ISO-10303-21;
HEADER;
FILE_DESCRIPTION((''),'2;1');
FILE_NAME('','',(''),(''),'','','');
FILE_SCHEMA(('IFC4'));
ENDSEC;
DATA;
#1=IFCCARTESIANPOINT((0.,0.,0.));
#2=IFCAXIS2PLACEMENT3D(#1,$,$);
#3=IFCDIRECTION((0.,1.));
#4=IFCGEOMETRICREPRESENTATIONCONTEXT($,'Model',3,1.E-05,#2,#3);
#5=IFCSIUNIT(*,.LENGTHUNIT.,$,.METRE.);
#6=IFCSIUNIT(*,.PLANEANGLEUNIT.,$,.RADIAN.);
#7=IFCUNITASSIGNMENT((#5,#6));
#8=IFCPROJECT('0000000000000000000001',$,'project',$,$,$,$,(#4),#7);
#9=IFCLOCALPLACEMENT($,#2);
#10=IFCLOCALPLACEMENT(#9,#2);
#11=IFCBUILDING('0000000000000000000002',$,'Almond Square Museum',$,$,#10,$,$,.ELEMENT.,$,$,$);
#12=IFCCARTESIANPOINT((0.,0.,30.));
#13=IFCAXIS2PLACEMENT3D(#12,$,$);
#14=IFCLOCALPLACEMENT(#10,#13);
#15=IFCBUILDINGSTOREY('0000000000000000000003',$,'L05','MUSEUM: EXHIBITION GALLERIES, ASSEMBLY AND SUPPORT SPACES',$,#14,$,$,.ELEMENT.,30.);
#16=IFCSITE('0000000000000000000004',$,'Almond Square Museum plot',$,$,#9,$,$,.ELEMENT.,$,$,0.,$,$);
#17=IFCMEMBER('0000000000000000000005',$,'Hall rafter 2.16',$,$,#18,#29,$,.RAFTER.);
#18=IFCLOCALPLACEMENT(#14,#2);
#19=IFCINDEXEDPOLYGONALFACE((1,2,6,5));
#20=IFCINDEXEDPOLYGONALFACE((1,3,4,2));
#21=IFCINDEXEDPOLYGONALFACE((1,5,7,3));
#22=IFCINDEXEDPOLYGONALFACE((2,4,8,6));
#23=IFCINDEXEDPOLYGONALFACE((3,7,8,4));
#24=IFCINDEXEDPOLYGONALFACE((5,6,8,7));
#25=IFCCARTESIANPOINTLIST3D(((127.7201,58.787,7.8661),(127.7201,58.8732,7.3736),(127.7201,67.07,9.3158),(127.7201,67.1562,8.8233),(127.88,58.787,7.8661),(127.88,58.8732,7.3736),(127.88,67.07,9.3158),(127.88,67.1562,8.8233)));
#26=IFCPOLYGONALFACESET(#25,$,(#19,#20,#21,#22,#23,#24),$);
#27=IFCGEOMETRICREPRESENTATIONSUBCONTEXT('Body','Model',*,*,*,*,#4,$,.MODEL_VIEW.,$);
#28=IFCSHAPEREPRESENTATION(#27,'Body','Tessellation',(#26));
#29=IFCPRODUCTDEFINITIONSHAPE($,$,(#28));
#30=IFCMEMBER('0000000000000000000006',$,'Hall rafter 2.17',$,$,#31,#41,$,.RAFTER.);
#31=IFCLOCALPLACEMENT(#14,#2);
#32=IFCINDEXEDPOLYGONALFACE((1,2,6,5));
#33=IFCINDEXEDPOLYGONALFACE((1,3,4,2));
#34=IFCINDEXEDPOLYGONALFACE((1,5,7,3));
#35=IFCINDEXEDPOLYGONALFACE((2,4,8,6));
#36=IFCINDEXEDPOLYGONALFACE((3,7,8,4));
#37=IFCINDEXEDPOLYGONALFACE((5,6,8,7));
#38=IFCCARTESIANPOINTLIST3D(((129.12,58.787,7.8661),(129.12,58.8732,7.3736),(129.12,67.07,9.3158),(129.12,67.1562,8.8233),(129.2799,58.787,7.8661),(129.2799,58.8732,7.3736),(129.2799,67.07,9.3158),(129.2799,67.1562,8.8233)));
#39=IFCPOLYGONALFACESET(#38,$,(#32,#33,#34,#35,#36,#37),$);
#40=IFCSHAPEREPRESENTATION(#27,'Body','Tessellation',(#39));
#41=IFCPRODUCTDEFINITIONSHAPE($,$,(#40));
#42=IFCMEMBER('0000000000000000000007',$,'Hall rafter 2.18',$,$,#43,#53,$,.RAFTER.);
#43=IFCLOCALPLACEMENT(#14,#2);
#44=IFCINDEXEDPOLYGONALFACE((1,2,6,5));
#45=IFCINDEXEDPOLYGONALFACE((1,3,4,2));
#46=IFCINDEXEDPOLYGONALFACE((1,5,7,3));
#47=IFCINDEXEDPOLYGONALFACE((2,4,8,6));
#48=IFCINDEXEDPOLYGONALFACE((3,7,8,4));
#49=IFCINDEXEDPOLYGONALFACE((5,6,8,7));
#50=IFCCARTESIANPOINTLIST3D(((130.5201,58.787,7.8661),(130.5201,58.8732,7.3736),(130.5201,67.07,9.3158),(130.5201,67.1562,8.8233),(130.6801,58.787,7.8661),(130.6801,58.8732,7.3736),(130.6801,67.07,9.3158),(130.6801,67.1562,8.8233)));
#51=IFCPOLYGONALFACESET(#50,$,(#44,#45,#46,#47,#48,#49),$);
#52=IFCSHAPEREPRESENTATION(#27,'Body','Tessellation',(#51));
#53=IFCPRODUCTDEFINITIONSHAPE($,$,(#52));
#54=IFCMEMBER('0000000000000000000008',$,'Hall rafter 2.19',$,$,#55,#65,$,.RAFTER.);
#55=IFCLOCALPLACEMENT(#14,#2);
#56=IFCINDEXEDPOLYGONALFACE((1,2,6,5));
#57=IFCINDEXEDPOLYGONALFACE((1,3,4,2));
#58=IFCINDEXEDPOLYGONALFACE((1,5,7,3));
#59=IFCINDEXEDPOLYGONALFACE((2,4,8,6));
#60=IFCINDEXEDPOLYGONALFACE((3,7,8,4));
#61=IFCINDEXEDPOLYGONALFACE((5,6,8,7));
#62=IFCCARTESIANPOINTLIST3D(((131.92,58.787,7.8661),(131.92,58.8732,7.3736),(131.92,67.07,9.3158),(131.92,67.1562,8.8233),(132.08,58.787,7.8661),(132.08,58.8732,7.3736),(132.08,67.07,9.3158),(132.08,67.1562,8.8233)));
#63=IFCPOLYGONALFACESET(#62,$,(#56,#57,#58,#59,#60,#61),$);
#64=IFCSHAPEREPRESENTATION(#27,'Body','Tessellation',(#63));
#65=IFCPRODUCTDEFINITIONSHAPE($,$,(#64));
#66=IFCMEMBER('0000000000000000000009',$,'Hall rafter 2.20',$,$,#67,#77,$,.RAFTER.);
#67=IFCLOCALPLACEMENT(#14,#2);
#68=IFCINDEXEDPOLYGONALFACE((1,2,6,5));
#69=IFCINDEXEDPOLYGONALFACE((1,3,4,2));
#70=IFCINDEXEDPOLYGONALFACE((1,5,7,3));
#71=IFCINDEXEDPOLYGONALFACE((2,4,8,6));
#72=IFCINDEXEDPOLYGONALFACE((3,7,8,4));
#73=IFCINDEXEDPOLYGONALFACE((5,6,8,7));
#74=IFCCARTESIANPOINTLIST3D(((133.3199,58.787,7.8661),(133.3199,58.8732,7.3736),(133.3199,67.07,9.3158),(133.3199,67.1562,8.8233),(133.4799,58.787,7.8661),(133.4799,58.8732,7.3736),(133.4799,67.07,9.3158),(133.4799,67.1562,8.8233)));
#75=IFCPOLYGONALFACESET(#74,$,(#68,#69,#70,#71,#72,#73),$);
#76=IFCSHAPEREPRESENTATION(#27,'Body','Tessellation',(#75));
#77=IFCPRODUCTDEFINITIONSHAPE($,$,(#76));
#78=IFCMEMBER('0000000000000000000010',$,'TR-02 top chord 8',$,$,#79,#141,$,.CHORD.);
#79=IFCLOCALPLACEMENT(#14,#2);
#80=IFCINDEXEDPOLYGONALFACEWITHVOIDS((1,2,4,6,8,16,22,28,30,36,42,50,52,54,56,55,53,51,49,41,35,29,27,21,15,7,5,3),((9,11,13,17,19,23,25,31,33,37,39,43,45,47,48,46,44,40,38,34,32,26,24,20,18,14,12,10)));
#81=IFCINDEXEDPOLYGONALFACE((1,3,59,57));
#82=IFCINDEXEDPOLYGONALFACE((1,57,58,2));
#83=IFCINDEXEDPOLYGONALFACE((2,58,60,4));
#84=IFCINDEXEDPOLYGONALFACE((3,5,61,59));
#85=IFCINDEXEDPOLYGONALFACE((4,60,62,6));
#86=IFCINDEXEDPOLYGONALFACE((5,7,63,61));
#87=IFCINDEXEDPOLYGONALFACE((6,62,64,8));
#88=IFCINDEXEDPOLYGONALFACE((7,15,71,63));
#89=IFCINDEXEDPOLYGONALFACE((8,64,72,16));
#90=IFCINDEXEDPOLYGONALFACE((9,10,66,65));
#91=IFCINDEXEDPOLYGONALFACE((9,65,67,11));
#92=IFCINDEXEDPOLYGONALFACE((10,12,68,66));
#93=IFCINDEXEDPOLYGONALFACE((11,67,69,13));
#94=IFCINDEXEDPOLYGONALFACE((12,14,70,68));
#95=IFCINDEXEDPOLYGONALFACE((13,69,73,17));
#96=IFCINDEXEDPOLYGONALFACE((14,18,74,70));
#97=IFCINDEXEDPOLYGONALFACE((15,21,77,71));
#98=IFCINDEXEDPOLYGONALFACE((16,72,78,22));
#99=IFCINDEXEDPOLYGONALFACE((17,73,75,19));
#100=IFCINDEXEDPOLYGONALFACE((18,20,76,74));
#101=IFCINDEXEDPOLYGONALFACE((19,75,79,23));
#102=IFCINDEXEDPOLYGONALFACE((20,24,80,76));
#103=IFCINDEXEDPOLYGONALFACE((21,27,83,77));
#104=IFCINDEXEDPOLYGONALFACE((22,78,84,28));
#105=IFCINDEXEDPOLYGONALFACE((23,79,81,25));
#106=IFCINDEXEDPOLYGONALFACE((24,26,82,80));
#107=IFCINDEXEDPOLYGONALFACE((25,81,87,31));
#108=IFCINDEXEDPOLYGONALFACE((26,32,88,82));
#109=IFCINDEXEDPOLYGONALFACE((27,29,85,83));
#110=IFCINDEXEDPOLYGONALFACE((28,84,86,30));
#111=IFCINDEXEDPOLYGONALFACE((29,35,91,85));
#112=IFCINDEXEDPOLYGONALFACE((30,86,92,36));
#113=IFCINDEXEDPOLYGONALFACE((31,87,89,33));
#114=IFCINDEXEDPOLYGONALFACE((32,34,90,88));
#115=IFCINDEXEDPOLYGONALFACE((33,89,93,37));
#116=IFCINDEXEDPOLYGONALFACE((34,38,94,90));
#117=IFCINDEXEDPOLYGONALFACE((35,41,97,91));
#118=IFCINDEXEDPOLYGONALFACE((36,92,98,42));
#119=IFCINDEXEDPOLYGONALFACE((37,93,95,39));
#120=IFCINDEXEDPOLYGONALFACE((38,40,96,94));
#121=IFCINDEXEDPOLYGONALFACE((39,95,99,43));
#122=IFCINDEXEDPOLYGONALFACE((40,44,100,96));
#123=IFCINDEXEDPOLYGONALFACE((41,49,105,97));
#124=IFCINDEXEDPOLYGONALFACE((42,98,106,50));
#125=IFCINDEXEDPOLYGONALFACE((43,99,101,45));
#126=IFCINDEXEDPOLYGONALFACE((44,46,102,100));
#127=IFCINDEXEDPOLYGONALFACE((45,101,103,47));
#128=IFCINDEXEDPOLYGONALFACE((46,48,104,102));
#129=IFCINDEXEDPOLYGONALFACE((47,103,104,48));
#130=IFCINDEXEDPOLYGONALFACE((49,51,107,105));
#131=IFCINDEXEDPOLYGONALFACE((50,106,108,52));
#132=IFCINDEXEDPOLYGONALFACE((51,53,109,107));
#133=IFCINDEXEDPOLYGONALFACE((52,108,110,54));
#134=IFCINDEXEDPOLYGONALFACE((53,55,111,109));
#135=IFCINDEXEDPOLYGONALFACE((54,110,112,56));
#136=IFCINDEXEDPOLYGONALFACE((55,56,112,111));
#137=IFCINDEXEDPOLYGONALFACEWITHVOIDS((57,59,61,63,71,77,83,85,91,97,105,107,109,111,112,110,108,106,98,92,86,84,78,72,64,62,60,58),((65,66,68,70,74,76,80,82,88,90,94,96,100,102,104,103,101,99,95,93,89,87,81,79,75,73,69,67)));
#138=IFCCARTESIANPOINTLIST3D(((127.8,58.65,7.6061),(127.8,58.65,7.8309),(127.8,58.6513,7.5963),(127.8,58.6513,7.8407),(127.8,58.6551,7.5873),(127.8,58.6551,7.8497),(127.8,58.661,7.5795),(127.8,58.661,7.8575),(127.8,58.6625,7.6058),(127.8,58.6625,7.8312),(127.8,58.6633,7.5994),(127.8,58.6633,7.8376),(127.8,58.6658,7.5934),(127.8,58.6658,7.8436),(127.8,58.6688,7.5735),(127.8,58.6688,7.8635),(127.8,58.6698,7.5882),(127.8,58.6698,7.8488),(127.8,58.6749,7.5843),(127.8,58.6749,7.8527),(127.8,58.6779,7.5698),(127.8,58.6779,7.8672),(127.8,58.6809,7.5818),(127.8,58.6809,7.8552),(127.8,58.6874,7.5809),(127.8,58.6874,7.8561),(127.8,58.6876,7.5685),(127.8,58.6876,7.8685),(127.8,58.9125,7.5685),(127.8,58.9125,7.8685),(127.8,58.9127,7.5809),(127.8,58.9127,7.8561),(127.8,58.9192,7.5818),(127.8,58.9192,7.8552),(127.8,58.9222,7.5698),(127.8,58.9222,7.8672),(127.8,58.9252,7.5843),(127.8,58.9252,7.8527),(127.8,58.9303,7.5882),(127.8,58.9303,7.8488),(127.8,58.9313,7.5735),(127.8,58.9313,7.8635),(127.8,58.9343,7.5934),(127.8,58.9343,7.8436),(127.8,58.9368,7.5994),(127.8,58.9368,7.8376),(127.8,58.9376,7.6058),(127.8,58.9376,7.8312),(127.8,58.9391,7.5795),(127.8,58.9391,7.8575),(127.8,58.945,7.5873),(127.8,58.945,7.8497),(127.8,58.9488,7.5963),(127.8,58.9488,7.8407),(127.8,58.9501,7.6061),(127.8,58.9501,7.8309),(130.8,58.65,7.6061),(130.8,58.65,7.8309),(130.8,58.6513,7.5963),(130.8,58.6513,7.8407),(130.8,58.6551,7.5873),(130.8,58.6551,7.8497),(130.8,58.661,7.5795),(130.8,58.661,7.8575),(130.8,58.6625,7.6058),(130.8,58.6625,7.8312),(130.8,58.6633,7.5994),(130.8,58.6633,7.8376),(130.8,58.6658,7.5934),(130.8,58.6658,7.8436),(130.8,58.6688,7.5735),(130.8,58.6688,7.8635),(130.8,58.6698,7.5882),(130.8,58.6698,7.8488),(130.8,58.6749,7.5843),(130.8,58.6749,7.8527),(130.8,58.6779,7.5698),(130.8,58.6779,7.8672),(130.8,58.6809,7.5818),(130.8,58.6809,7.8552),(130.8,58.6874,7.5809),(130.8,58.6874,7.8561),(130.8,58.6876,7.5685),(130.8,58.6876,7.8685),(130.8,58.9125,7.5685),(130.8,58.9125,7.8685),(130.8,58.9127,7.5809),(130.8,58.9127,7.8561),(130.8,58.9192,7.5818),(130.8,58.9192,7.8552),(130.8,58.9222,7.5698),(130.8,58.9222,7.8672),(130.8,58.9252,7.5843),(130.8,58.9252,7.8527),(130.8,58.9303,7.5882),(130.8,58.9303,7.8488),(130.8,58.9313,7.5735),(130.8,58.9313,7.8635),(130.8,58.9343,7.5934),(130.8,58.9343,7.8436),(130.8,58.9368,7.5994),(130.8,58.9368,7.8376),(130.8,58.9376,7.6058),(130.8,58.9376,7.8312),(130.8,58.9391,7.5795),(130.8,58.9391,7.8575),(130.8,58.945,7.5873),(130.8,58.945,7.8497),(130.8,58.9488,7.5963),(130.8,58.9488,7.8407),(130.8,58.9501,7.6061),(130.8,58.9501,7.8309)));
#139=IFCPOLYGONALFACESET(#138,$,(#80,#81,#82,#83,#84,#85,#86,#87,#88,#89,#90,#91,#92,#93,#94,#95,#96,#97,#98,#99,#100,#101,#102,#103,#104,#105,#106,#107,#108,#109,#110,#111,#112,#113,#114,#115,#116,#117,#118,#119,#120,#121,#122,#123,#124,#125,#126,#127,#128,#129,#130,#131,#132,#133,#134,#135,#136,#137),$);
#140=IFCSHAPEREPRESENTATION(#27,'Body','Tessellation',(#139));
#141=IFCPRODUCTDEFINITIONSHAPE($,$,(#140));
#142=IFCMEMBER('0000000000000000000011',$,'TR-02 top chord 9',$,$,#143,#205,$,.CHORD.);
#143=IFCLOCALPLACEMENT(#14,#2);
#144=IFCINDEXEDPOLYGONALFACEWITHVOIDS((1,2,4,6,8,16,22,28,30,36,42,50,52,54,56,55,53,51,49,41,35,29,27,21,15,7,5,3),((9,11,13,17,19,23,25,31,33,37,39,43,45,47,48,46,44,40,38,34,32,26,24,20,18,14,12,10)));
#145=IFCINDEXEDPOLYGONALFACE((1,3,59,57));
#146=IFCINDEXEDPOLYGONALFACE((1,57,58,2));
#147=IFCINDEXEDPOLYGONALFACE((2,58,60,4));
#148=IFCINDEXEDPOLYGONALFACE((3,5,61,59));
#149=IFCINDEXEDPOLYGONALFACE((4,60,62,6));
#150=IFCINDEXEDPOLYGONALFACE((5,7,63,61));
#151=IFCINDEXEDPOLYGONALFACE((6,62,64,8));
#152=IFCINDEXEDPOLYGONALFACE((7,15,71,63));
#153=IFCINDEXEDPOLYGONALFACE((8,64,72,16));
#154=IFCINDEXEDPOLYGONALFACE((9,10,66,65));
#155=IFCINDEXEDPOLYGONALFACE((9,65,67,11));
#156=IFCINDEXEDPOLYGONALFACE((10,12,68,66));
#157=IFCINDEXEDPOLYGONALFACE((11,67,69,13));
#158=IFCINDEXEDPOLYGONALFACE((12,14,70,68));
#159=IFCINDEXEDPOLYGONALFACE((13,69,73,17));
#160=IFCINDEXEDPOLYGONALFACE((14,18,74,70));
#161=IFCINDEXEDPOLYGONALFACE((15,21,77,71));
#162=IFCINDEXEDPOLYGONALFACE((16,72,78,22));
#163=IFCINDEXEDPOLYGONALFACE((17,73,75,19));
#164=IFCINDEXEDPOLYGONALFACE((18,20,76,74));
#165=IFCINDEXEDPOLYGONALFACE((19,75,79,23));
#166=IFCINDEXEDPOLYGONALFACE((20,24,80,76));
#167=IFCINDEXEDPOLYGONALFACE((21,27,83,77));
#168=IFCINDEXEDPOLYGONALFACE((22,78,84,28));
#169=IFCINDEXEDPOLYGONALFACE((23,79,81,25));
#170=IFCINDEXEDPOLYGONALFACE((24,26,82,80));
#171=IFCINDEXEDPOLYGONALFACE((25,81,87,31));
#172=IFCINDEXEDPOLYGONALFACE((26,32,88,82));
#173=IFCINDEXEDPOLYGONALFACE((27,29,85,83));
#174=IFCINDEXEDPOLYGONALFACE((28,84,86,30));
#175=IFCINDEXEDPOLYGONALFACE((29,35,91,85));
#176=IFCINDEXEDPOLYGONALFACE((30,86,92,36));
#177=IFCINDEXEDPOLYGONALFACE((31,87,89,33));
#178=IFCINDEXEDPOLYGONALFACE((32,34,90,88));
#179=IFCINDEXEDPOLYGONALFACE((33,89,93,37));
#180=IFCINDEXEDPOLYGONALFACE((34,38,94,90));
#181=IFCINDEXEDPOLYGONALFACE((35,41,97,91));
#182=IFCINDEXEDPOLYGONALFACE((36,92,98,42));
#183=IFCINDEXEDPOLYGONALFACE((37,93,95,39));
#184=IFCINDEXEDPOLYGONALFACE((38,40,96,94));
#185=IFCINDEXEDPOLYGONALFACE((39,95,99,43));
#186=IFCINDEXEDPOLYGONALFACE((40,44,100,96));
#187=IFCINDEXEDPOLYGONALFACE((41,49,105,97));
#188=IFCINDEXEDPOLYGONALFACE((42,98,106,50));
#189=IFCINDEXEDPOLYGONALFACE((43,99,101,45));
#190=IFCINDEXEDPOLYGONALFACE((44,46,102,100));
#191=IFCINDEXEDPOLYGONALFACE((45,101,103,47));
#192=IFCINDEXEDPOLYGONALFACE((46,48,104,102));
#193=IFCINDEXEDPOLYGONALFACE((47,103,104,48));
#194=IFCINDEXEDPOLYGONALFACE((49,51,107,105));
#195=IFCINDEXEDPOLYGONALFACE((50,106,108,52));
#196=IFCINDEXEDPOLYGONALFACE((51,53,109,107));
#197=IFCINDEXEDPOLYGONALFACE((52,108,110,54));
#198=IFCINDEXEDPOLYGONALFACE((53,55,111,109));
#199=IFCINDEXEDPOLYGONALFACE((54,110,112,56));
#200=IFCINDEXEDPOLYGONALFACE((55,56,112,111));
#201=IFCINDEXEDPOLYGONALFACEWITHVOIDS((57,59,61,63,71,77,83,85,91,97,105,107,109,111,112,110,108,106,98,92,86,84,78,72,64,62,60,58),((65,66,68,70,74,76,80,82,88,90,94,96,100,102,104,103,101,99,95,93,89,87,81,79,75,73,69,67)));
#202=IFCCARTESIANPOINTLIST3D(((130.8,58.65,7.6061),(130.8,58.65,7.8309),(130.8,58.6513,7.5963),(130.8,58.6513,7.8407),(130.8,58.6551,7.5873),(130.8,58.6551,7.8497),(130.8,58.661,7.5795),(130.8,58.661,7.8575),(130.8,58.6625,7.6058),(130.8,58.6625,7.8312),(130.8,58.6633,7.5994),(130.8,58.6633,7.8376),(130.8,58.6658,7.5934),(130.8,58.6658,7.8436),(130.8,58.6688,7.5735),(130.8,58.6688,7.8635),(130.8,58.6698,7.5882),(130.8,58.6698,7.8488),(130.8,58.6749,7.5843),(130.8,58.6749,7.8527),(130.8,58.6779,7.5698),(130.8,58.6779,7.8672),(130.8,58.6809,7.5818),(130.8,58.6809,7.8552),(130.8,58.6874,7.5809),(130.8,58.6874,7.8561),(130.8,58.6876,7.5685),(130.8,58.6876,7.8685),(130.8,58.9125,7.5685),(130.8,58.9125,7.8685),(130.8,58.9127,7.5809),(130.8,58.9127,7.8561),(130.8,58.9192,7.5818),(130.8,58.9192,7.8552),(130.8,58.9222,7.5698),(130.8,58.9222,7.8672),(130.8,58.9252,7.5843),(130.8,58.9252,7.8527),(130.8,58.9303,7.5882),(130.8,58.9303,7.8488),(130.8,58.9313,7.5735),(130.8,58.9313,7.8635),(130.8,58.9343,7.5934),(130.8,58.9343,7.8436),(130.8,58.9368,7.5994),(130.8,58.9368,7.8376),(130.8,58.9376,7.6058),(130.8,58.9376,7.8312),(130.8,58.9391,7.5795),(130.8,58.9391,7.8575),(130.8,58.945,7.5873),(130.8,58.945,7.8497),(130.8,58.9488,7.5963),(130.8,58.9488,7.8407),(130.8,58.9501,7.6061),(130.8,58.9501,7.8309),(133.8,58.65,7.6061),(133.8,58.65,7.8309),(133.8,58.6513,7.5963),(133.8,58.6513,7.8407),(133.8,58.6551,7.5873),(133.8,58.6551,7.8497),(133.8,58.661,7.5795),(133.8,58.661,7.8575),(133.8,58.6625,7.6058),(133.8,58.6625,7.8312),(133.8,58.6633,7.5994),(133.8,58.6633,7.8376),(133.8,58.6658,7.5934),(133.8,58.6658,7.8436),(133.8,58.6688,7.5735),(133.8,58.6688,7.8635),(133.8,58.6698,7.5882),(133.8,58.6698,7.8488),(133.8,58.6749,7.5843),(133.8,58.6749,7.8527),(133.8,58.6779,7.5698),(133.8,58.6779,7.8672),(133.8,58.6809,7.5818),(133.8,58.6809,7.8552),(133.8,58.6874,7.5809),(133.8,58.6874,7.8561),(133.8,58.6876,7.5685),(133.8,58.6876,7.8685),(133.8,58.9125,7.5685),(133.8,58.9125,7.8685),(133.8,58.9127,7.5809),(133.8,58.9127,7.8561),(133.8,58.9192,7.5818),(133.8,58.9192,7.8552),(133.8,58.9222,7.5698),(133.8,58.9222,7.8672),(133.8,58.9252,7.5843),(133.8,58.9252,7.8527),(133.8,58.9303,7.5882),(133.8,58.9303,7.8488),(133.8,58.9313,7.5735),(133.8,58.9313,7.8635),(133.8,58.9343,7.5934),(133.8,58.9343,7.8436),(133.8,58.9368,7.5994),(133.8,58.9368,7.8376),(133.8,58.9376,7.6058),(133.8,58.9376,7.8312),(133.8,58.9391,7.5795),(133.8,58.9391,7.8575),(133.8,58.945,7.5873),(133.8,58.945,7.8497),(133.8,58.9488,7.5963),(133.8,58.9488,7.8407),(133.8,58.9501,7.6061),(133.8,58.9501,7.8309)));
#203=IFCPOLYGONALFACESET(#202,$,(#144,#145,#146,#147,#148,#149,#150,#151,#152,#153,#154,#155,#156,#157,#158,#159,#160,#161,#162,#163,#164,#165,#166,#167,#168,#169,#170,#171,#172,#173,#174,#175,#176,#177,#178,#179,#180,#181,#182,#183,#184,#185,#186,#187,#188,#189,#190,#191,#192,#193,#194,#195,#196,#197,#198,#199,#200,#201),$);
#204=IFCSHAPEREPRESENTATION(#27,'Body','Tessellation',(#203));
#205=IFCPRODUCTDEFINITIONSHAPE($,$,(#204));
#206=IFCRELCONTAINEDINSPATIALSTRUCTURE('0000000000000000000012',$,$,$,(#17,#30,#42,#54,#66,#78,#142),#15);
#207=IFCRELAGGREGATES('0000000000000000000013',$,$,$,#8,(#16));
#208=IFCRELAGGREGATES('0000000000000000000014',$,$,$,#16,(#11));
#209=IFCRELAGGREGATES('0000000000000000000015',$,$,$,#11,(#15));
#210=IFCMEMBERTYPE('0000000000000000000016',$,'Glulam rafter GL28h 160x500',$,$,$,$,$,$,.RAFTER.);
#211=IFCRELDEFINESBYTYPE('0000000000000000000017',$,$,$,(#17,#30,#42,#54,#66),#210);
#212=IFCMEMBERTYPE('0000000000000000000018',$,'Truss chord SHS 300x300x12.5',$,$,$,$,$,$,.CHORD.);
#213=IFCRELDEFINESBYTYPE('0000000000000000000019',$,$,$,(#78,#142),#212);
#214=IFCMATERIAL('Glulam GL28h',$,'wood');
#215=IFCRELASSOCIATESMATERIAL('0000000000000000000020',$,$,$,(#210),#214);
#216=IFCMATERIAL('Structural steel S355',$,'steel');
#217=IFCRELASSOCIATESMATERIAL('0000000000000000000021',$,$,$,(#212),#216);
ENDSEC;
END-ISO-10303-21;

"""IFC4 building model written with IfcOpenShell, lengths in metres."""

from ifc_helpers import new_model, si_unit, direction, frame, origin, origin_2d, place, context, subcontext, project, spatial, rectangle, hollow_rectangle, extrude, material, material_profile, profile_set, type_object, element, save


model = new_model("IFC4")

# Units and contexts
model_context = context("Model", 3, precision=1e-05, world=origin(), true_north=direction((0.0, 1.0)))
body_context = subcontext(model_context, "Body", "Model", "MODEL_VIEW")
ifc_project = project(units=[si_unit("LENGTHUNIT", "METRE"), si_unit("PLANEANGLEUNIT", "RADIAN")], contexts=[model_context])

# Site, building, storey
site_placement = place(None, origin())
site = spatial("IfcSite", under=ifc_project, at=site_placement, Name="Almond Square Museum plot", CompositionType="ELEMENT", RefElevation=0.0)
building_placement = place(site_placement, origin())
building = spatial("IfcBuilding", under=site, at=building_placement, Name="Almond Square Museum", CompositionType="ELEMENT")
storey_placement = place(building_placement, frame((0.0, 0.0, 30.0)))
storey = spatial("IfcBuildingStorey", under=building, at=storey_placement, Name="L05", Description="MUSEUM: EXHIBITION GALLERIES, ASSEMBLY AND SUPPORT SPACES", CompositionType="ELEMENT", Elevation=30.0)

# Members
ifc_material_1 = material(Name="Glulam GL28h", Category="wood")
ifc_material_profile_1 = material_profile(ifc_material_1, rectangle(XDim=0.1599, YDim=0.5, at=origin_2d()))
ifc_profile_set_1 = profile_set([ifc_material_profile_1], Name="Glulam GL28h")
member_type_1 = type_object("IfcMemberType", Name="Glulam rafter GL28h 160x500", PredefinedType="RAFTER", material=ifc_profile_set_1)
for number, where, z_axis, x_axis, name in (
    (1, (127.8, 58.8301, 7.6199), (0.0, 0.985027, 0.172402), (-1.0, 0.0, 0.0), "Hall rafter 2.16"),
    (2, (129.2, 58.8301, 7.6199), (0.0, 0.985027, 0.172402), (-1.0, 0.0, 0.0), "Hall rafter 2.17"),
    (3, (130.6001, 58.8301, 7.6199), (0.0, 0.985027, 0.172402), (-1.0, 0.0, 0.0), "Hall rafter 2.18"),
    (4, (132.0, 58.8301, 7.6199), (0.0, 0.985027, 0.172402), (-1.0, 0.0, 0.0), "Hall rafter 2.19"),
    (5, (133.3999, 58.8301, 7.6199), (0.0, 0.985027, 0.172402), (-1.0, 0.0, 0.0), "Hall rafter 2.20"),
):
    element("IfcMember", number, at=place(storey_placement, frame(where, z_axis=z_axis, x_axis=x_axis)), inside=storey, type_object=member_type_1, Name=name, PredefinedType="RAFTER", context=body_context, shape_type="SweptSolid", body=[
        extrude(rectangle(XDim=0.1599, YDim=0.5, at=origin_2d()), origin(), (0.0, 0.0, 1.0), 8.4089),
    ])
ifc_material_2 = material(Name="Structural steel S355", Category="steel")
ifc_material_profile_2 = material_profile(ifc_material_2, hollow_rectangle(XDim=0.3, YDim=0.3, WallThickness=0.0125, InnerFilletRadius=0.0249, OuterFilletRadius=0.0376, at=origin_2d()))
ifc_profile_set_2 = profile_set([ifc_material_profile_2], Name="Structural steel S355")
member_type_2 = type_object("IfcMemberType", Name="Truss chord SHS 300x300x12.5", PredefinedType="CHORD", material=ifc_profile_set_2)
for number, where, z_axis, x_axis, name in (
    (6, (127.8, 58.8, 7.7185), (1.0, 0.0, 0.0), (0.0, 1.0, 0.0), "TR-02 top chord 8"),
    (7, (130.8, 58.8, 7.7185), (1.0, 0.0, 0.0), (0.0, 1.0, 0.0), "TR-02 top chord 9"),
):
    element("IfcMember", number, at=place(storey_placement, frame(where, z_axis=z_axis, x_axis=x_axis)), inside=storey, type_object=member_type_2, Name=name, PredefinedType="CHORD", context=body_context, shape_type="SweptSolid", body=[
        extrude(hollow_rectangle(XDim=0.3, YDim=0.3, WallThickness=0.0125, InnerFilletRadius=0.0249, OuterFilletRadius=0.0376, at=origin_2d()), origin(), (0.0, 0.0, 1.0), 3.0),
    ])

save(model, "model.ifc")
